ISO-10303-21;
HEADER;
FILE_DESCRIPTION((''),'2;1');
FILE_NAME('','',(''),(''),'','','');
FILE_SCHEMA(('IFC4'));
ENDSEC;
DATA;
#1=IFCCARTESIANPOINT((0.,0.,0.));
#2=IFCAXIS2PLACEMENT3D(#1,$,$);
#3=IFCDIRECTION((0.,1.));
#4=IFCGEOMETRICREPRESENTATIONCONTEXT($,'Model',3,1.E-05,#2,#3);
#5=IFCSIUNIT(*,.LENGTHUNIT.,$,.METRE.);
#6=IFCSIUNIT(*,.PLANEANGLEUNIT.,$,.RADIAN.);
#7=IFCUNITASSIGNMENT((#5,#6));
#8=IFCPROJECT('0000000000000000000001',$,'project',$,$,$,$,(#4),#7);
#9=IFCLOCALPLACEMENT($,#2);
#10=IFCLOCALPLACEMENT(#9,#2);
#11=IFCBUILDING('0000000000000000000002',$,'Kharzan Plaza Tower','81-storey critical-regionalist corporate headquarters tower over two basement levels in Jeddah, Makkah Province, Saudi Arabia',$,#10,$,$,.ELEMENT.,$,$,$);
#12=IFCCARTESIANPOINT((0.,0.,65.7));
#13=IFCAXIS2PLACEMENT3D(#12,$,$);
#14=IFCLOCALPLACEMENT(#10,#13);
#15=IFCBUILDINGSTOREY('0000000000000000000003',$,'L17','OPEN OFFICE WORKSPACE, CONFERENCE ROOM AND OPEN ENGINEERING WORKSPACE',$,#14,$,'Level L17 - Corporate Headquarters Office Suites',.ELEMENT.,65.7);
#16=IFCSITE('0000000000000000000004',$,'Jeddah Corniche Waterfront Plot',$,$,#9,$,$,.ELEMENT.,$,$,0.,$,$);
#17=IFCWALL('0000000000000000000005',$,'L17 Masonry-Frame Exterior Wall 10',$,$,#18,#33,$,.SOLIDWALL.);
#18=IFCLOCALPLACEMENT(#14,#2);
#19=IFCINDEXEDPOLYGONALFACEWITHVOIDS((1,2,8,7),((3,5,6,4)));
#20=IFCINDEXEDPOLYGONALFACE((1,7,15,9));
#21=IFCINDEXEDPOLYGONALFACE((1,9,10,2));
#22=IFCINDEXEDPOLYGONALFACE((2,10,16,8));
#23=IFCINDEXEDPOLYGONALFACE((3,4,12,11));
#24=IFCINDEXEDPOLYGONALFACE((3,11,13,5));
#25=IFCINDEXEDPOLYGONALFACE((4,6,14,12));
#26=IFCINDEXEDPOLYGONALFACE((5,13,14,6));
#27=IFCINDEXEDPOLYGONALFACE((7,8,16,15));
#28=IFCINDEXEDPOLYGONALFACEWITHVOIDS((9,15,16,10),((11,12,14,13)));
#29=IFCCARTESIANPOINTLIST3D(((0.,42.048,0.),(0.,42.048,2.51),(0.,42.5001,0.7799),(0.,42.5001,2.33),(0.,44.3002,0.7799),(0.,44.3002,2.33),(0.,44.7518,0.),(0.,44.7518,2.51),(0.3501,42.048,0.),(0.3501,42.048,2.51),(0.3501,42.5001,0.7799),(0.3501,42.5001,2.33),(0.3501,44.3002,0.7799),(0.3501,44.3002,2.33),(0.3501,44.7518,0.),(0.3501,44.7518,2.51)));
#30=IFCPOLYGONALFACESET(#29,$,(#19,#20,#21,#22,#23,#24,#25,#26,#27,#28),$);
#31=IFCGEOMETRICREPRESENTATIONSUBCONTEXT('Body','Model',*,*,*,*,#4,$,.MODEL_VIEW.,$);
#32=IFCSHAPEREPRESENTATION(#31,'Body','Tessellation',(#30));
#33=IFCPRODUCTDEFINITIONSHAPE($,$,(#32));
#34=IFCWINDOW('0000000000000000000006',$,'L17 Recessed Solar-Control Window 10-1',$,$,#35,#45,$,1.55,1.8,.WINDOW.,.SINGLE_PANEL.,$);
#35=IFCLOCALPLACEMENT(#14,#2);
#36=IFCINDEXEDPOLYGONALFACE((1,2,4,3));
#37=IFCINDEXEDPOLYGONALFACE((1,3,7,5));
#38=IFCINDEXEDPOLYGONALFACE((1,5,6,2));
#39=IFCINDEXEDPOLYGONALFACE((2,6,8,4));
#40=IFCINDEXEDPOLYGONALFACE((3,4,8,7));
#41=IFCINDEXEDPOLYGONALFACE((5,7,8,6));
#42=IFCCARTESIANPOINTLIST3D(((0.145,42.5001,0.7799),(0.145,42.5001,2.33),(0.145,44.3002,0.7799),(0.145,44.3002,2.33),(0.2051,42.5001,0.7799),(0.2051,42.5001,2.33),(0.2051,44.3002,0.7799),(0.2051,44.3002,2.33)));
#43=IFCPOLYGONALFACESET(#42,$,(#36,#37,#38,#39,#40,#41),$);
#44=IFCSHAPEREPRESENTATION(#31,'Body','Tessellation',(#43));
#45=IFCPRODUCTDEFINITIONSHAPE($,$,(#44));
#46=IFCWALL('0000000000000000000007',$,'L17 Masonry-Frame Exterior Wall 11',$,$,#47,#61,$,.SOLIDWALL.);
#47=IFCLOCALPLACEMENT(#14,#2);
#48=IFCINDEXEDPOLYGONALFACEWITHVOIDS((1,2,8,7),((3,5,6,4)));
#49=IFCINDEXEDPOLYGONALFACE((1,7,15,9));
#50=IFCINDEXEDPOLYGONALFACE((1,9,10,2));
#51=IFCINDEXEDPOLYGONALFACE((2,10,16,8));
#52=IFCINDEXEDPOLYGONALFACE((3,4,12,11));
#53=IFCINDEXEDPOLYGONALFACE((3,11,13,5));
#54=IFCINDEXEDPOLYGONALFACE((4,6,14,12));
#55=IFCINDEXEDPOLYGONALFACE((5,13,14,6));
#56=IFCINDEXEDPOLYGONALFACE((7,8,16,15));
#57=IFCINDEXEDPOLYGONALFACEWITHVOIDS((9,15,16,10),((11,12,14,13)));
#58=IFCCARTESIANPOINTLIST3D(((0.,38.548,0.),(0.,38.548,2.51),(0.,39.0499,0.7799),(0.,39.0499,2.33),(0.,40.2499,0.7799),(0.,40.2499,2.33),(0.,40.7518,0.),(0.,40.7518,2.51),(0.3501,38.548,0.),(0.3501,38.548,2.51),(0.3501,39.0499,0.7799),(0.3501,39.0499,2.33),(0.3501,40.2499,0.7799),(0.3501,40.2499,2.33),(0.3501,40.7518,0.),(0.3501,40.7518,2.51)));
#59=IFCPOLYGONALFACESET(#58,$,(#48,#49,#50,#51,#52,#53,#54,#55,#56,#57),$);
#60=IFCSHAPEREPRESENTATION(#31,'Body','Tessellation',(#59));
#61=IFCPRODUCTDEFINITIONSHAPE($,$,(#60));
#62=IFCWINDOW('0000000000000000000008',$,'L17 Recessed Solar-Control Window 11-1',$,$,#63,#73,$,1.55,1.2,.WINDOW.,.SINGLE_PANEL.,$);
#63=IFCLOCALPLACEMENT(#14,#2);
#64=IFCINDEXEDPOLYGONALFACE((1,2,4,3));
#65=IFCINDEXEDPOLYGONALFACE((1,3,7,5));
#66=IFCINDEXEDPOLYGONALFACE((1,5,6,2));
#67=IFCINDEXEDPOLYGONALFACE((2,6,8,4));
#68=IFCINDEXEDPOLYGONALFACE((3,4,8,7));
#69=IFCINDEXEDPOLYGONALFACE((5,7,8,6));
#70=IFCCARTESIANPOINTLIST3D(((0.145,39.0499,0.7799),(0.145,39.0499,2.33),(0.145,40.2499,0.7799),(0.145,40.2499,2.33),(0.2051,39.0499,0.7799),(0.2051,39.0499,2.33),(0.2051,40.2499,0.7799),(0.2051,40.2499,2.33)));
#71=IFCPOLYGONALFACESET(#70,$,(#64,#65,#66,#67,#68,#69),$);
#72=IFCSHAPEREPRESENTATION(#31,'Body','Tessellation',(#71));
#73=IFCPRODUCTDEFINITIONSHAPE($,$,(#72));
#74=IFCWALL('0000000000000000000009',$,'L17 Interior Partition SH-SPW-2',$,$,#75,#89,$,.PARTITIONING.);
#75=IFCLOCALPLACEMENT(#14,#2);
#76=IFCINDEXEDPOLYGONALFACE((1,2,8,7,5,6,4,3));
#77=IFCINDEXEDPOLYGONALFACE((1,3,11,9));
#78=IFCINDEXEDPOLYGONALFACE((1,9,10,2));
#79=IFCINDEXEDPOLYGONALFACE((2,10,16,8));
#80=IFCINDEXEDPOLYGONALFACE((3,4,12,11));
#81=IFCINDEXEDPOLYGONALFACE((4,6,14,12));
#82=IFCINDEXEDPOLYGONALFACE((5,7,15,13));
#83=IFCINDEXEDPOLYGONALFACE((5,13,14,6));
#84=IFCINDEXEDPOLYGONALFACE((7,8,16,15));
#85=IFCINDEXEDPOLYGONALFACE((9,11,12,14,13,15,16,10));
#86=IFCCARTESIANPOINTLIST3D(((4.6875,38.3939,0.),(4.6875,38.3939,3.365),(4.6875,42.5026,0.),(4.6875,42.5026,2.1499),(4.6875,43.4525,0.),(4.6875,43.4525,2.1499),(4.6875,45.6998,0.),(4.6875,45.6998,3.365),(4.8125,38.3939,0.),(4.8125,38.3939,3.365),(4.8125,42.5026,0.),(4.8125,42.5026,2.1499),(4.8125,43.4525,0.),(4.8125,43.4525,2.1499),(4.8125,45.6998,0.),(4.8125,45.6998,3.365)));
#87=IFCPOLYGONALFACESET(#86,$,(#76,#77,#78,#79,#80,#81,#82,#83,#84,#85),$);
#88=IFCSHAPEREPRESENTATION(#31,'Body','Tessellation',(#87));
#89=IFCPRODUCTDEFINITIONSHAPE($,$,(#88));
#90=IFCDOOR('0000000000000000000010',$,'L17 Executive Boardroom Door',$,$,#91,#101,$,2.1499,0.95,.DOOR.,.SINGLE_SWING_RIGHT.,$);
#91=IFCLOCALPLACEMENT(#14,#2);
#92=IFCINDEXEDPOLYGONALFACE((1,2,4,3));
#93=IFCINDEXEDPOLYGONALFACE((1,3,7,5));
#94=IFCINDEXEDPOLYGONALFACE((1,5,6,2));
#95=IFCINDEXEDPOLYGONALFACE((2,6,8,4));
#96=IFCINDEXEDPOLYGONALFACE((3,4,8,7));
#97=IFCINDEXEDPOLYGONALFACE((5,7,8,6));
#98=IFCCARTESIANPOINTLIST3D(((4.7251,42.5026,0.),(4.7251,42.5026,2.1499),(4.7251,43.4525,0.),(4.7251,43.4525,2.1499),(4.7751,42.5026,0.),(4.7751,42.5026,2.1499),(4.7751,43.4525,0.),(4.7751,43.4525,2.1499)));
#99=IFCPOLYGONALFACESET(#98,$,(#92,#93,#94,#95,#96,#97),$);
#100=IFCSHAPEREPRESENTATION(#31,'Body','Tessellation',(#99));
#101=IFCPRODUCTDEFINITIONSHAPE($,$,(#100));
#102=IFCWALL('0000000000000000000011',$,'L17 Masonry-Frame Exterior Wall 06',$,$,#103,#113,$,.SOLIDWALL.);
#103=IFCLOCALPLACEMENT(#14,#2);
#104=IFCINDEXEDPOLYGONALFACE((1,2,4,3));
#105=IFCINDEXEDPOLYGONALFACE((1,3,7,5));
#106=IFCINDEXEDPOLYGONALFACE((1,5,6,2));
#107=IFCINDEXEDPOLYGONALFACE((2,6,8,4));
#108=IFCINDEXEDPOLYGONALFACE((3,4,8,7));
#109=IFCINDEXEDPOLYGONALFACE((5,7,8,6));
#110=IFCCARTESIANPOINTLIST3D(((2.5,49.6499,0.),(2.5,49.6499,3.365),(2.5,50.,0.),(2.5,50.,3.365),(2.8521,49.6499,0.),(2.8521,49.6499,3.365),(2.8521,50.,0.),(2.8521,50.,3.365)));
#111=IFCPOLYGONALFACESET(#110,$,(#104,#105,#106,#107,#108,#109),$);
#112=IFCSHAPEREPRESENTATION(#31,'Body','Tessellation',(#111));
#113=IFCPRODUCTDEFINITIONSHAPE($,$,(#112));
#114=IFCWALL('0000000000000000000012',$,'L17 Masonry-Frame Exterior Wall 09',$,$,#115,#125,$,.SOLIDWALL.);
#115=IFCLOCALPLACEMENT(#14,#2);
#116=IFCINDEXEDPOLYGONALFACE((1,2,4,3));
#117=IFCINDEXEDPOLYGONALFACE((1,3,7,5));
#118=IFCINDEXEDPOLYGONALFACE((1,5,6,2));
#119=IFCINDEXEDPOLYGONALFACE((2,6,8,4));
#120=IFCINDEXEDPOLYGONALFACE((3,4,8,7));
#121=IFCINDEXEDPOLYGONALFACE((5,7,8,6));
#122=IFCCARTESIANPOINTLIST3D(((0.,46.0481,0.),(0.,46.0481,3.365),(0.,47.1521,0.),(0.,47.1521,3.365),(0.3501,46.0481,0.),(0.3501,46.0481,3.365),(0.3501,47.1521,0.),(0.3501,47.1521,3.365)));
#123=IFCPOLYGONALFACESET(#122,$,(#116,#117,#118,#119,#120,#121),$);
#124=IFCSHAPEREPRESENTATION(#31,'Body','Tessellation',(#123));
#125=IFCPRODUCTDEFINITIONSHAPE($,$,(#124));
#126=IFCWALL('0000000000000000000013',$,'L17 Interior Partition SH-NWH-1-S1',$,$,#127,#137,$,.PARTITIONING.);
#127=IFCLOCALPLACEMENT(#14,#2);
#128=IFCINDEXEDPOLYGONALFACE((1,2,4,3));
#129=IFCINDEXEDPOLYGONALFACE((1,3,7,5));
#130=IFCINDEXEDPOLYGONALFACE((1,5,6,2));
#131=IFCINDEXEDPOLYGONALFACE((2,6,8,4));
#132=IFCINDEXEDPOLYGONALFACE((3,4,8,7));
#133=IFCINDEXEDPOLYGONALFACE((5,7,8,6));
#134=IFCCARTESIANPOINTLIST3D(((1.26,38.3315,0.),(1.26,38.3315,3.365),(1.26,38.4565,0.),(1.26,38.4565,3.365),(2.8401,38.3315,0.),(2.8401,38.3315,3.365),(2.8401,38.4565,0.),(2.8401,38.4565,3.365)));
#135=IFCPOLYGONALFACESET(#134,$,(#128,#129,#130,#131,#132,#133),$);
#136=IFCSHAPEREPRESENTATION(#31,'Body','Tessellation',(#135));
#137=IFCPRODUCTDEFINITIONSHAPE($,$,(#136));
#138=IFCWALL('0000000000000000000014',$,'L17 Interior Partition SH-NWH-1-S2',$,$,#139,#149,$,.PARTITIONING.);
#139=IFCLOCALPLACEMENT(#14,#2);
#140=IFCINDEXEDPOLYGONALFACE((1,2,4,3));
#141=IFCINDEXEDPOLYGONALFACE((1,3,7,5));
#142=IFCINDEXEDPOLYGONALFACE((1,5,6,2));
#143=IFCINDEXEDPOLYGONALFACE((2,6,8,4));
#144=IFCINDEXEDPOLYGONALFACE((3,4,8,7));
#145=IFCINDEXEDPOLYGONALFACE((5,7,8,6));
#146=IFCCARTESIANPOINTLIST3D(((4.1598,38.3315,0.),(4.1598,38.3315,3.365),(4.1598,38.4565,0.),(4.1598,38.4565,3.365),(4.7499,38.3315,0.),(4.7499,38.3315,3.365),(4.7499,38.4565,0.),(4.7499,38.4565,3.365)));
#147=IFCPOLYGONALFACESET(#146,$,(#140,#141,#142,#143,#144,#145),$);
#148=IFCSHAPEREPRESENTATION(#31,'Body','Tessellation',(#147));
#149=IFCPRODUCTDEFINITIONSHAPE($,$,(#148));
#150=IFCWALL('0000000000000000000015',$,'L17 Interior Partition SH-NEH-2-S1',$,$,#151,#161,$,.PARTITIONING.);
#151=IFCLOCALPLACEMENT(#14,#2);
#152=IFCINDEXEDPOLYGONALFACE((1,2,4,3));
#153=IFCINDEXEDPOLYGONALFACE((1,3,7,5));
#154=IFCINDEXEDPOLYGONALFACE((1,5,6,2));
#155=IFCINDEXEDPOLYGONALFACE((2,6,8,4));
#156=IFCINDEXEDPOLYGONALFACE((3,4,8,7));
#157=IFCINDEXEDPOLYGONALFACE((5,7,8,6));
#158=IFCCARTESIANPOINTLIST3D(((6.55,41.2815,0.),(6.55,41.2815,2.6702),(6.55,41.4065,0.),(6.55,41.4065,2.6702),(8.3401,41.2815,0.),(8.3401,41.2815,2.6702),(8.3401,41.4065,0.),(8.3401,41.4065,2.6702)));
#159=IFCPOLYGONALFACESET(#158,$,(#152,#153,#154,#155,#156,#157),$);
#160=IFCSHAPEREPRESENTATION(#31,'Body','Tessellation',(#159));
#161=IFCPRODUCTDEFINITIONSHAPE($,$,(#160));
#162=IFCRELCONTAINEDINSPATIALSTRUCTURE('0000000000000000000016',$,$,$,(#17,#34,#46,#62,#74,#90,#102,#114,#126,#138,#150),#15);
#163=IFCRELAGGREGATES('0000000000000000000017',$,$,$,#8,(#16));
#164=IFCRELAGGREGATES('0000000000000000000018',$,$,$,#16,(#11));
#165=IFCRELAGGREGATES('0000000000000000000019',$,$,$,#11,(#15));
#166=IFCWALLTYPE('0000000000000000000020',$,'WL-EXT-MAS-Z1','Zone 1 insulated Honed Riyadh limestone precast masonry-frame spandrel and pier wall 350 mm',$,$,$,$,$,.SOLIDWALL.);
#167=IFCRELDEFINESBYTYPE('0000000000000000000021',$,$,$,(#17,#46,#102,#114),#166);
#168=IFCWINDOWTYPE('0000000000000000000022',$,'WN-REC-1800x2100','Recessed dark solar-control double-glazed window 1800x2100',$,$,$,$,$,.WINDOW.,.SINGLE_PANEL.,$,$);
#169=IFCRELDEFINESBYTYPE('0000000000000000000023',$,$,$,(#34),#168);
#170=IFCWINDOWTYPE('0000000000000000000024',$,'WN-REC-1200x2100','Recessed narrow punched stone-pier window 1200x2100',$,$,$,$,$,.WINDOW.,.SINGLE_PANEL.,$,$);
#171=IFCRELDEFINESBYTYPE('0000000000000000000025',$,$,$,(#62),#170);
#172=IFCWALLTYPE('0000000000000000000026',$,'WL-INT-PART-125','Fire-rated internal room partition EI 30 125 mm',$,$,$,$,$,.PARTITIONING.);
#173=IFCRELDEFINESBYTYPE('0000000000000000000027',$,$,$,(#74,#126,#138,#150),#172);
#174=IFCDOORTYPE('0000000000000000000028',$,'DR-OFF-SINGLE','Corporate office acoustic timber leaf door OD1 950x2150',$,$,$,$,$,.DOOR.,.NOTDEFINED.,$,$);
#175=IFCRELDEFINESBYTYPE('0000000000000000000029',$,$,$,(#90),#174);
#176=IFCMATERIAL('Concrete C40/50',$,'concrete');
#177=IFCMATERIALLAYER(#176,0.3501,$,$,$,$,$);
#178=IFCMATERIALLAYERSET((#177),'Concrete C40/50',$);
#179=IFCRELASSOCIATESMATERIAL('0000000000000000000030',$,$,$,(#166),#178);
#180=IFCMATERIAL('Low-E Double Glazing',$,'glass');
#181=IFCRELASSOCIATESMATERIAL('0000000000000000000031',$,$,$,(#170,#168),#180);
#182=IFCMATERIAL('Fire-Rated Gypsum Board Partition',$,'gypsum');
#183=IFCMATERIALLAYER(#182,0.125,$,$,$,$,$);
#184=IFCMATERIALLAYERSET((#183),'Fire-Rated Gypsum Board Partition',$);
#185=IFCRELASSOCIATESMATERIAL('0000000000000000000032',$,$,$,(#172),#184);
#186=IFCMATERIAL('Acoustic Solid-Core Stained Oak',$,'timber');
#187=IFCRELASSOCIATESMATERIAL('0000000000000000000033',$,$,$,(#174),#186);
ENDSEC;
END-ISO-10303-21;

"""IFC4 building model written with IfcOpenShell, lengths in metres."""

from ifc_helpers import new_model, si_unit, direction, frame, frame_2d, origin, place, context, subcontext, project, spatial, rectangle, extrude, source, transform, mapped, material, layer, layer_set, type_object, element, fill, save


model = new_model("IFC4")

# Units and contexts
model_context = context("Model", 3, precision=1e-05, world=origin(), true_north=direction((0.0, 1.0)))
body_context = subcontext(model_context, "Body", "Model", "MODEL_VIEW")
ifc_project = project(units=[si_unit("LENGTHUNIT", "METRE"), si_unit("PLANEANGLEUNIT", "RADIAN")], contexts=[model_context])

# Site, building, storey
site_placement = place(None, origin())
site = spatial("IfcSite", under=ifc_project, at=site_placement, Name="Jeddah Corniche Waterfront Plot", CompositionType="ELEMENT", RefElevation=0.0)
building_placement = place(site_placement, origin())
building = spatial("IfcBuilding", under=site, at=building_placement, Name="Kharzan Plaza Tower", Description="81-storey critical-regionalist corporate headquarters tower over two basement levels in Jeddah, Makkah Province, Saudi Arabia", CompositionType="ELEMENT")
storey_placement = place(building_placement, frame((0.0, 0.0, 65.7)))
storey = spatial("IfcBuildingStorey", under=building, at=storey_placement, Name="L17", Description="OPEN OFFICE WORKSPACE, CONFERENCE ROOM AND OPEN ENGINEERING WORKSPACE", LongName="Level L17 - Corporate Headquarters Office Suites", CompositionType="ELEMENT", Elevation=65.7)

# Walls, openings, windows
ifc_material_1 = material(Name="Concrete C40/50", Category="concrete")
ifc_layer_1 = layer(ifc_material_1, 0.3501)
ifc_layer_set_1 = layer_set([ifc_layer_1], Name="Concrete C40/50")
wall_type_1 = type_object("IfcWallType", Name="WL-EXT-MAS-Z1", Description="Zone 1 insulated Honed Riyadh limestone precast masonry-frame spandrel and pier wall 350 mm", PredefinedType="SOLIDWALL", material=ifc_layer_set_1)
ifc_material_2 = material(Name="Low-E Double Glazing", Category="glass")
window_type_1 = type_object("IfcWindowType", Name="WN-REC-1200x2100", Description="Recessed narrow punched stone-pier window 1200x2100", PartitioningType="SINGLE_PANEL", PredefinedType="WINDOW", material=ifc_material_2)
window_type_2 = type_object("IfcWindowType", Name="WN-REC-1800x2100", Description="Recessed dark solar-control double-glazed window 1800x2100", PartitioningType="SINGLE_PANEL", PredefinedType="WINDOW", material=ifc_material_2)
wall_1_placement = place(storey_placement, frame((0.175, 44.752, 0.0), z_axis=(0.0, 0.0, 1.0), x_axis=(0.0, -1.0, 0.0)))
wall_1 = element("IfcWall", 1, at=wall_1_placement, inside=storey, type_object=wall_type_1, Name="L17 Masonry-Frame Exterior Wall 10", PredefinedType="SOLIDWALL", context=body_context, shape_type="SweptSolid", body=[
    extrude(rectangle(XDim=2.7039, YDim=0.3501, at=frame_2d((1.3521, 0.0))), origin(), (0.0, 0.0, 1.0), 2.51),
])
opening_1_placement = place(wall_1_placement, frame((0.4519, 0.0, 0.78)))
opening_1 = element("IfcOpeningElement", 2, at=opening_1_placement, cuts=wall_1, PredefinedType="OPENING", context=body_context, shape_type="SweptSolid", body=[
    extrude(rectangle(XDim=1.8, YDim=1.55, at=frame_2d((0.8999, 0.7749))), frame((0.0, 0.1851, 0.0), z_axis=(0.0, -1.0, 0.0), x_axis=(1.0, 0.0, 0.0)), (0.0, 0.0, 1.0), 0.3701),
])
shared_shape_1 = source(origin(), body_context, "Body", "SweptSolid", [
    extrude(rectangle(XDim=1.8, YDim=1.55, at=frame_2d((0.8999, 0.7749))), frame((0.0, 0.03, 0.0), z_axis=(0.0, -1.0, 0.0), x_axis=(1.0, 0.0, 0.0)), (0.0, 0.0, 1.0), 0.0601),
])
window_1_placement = place(opening_1_placement, origin())
window_1 = element("IfcWindow", 3, at=window_1_placement, inside=storey, type_object=window_type_2, Name="L17 Recessed Solar-Control Window 10-1", OverallHeight=1.55, OverallWidth=1.8, PartitioningType="SINGLE_PANEL", PredefinedType="WINDOW", context=body_context, shape_type="MappedRepresentation", body=[
    mapped(shared_shape_1, transform((0.0, 0.0, 0.0), x_axis=(1.0, 0.0, 0.0), y_axis=(0.0, 1.0, 0.0), z_axis=(0.0, 0.0, 1.0))),
])
fill(opening_1, window_1)
wall_2_placement = place(storey_placement, frame((0.175, 40.752, 0.0), z_axis=(0.0, 0.0, 1.0), x_axis=(0.0, -1.0, 0.0)))
wall_2 = element("IfcWall", 4, at=wall_2_placement, inside=storey, type_object=wall_type_1, Name="L17 Masonry-Frame Exterior Wall 11", PredefinedType="SOLIDWALL", context=body_context, shape_type="SweptSolid", body=[
    extrude(rectangle(XDim=2.2039, YDim=0.3501, at=frame_2d((1.1021, 0.0))), origin(), (0.0, 0.0, 1.0), 2.51),
])
opening_2_placement = place(wall_2_placement, frame((0.502, 0.0, 0.78)))
opening_2 = element("IfcOpeningElement", 5, at=opening_2_placement, cuts=wall_2, PredefinedType="OPENING", context=body_context, shape_type="SweptSolid", body=[
    extrude(rectangle(XDim=1.2, YDim=1.55, at=frame_2d((0.6001, 0.7749))), frame((0.0, 0.1851, 0.0), z_axis=(0.0, -1.0, 0.0), x_axis=(1.0, 0.0, 0.0)), (0.0, 0.0, 1.0), 0.3701),
])
shared_shape_2 = source(origin(), body_context, "Body", "SweptSolid", [
    extrude(rectangle(XDim=1.2, YDim=1.55, at=frame_2d((0.6001, 0.7749))), frame((0.0, 0.03, 0.0), z_axis=(0.0, -1.0, 0.0), x_axis=(1.0, 0.0, 0.0)), (0.0, 0.0, 1.0), 0.0601),
])
window_2_placement = place(opening_2_placement, origin())
window_2 = element("IfcWindow", 6, at=window_2_placement, inside=storey, type_object=window_type_1, Name="L17 Recessed Solar-Control Window 11-1", OverallHeight=1.55, OverallWidth=1.2, PartitioningType="SINGLE_PANEL", PredefinedType="WINDOW", context=body_context, shape_type="MappedRepresentation", body=[
    mapped(shared_shape_2, transform((0.0, 0.0, 0.0), x_axis=(1.0, 0.0, 0.0), y_axis=(0.0, 1.0, 0.0), z_axis=(0.0, 0.0, 1.0))),
])
fill(opening_2, window_2)

# Wall, opening, door
ifc_material_3 = material(Name="Fire-Rated Gypsum Board Partition", Category="gypsum")
ifc_layer_2 = layer(ifc_material_3, 0.125)
ifc_layer_set_2 = layer_set([ifc_layer_2], Name="Fire-Rated Gypsum Board Partition")
wall_type_2 = type_object("IfcWallType", Name="WL-INT-PART-125", Description="Fire-rated internal room partition EI 30 125 mm", PredefinedType="PARTITIONING", material=ifc_layer_set_2)
ifc_material_4 = material(Name="Acoustic Solid-Core Stained Oak", Category="timber")
door_type = type_object("IfcDoorType", Name="DR-OFF-SINGLE", Description="Corporate office acoustic timber leaf door OD1 950x2150", OperationType="NOTDEFINED", PredefinedType="DOOR", material=ifc_material_4)
shared_shape_3 = source(origin(), body_context, "Body", "SweptSolid", [
    extrude(rectangle(XDim=0.95, YDim=2.1499, at=frame_2d((0.4751, 1.075))), frame((0.0, 0.0249, 0.0), z_axis=(0.0, -1.0, 0.0), x_axis=(1.0, 0.0, 0.0)), (0.0, 0.0, 1.0), 0.05),
])
wall_3_placement = place(storey_placement, frame((4.75, 38.394, 0.0), z_axis=(0.0, 0.0, 1.0), x_axis=(0.0, 1.0, 0.0)))
wall_3 = element("IfcWall", 7, at=wall_3_placement, inside=storey, type_object=wall_type_2, Name="L17 Interior Partition SH-SPW-2", PredefinedType="PARTITIONING", context=body_context, shape_type="SweptSolid", body=[
    extrude(rectangle(XDim=7.3059, YDim=0.125, at=frame_2d((3.6528, 0.0))), origin(), (0.0, 0.0, 1.0), 3.365),
])
opening_3_placement = place(wall_3_placement, frame((4.1084, 0.0, 0.0)))
opening_3 = element("IfcOpeningElement", 8, at=opening_3_placement, cuts=wall_3, PredefinedType="OPENING", context=body_context, shape_type="SweptSolid", body=[
    extrude(rectangle(XDim=0.95, YDim=2.1499, at=frame_2d((0.4751, 1.075))), frame((0.0, 0.0725, 0.0), z_axis=(0.0, -1.0, 0.0), x_axis=(1.0, 0.0, 0.0)), (0.0, 0.0, 1.0), 0.145),
])
door_1_placement = place(opening_3_placement, origin())
door_1 = element("IfcDoor", 9, at=door_1_placement, inside=storey, type_object=door_type, Name="L17 Executive Boardroom Door", OperationType="SINGLE_SWING_RIGHT", OverallHeight=2.1499, OverallWidth=0.95, PredefinedType="DOOR", context=body_context, shape_type="MappedRepresentation", body=[
    mapped(shared_shape_3, transform((0.0, 0.0, 0.0), x_axis=(1.0, 0.0, 0.0), y_axis=(0.0, 1.0, 0.0), z_axis=(0.0, 0.0, 1.0))),
])
fill(opening_3, door_1)

# Walls
shared_shape_4 = source(origin(), body_context, "Body", "SweptSolid", [
    extrude(rectangle(XDim=0.3521, YDim=0.3501, at=frame_2d((0.176, 0.0))), origin(), (0.0, 0.0, 1.0), 3.365),
])
wall_4_placement = place(storey_placement, frame((2.8521, 49.825, 0.0), z_axis=(0.0, 0.0, 1.0), x_axis=(-1.0, 0.0, 0.0)))
element("IfcWall", 10, at=wall_4_placement, inside=storey, type_object=wall_type_1, Name="L17 Masonry-Frame Exterior Wall 06", PredefinedType="SOLIDWALL", context=body_context, shape_type="MappedRepresentation", body=[
    mapped(shared_shape_4, transform((0.0, 0.0, 0.0), x_axis=(1.0, 0.0, 0.0), y_axis=(0.0, 1.0, 0.0), z_axis=(0.0, 0.0, 1.0))),
])
shared_shape_5 = source(origin(), body_context, "Body", "SweptSolid", [
    extrude(rectangle(XDim=1.104, YDim=0.3501, at=frame_2d((0.552, 0.0))), origin(), (0.0, 0.0, 1.0), 3.365),
])
wall_5_placement = place(storey_placement, frame((0.175, 47.1521, 0.0), z_axis=(0.0, 0.0, 1.0), x_axis=(0.0, -1.0, 0.0)))
element("IfcWall", 11, at=wall_5_placement, inside=storey, type_object=wall_type_1, Name="L17 Masonry-Frame Exterior Wall 09", PredefinedType="SOLIDWALL", context=body_context, shape_type="MappedRepresentation", body=[
    mapped(shared_shape_5, transform((0.0, 0.0, 0.0), x_axis=(1.0, 0.0, 0.0), y_axis=(0.0, 1.0, 0.0), z_axis=(0.0, 0.0, 1.0))),
])
shared_shape_6 = source(origin(), body_context, "Body", "SweptSolid", [
    extrude(rectangle(XDim=1.5801, YDim=0.125, at=frame_2d((0.79, 0.0))), origin(), (0.0, 0.0, 1.0), 3.365),
])
wall_6_placement = place(storey_placement, frame((1.26, 38.394, 0.0), z_axis=(0.0, 0.0, 1.0), x_axis=(1.0, 0.0, 0.0)))
element("IfcWall", 12, at=wall_6_placement, inside=storey, type_object=wall_type_2, Name="L17 Interior Partition SH-NWH-1-S1", PredefinedType="PARTITIONING", context=body_context, shape_type="MappedRepresentation", body=[
    mapped(shared_shape_6, transform((0.0, 0.0, 0.0), x_axis=(1.0, 0.0, 0.0), y_axis=(0.0, 1.0, 0.0), z_axis=(0.0, 0.0, 1.0))),
])
shared_shape_7 = source(origin(), body_context, "Body", "SweptSolid", [
    extrude(rectangle(XDim=0.5901, YDim=0.125, at=frame_2d((0.2949, 0.0))), origin(), (0.0, 0.0, 1.0), 3.365),
])
wall_7_placement = place(storey_placement, frame((4.1599, 38.394, 0.0), z_axis=(0.0, 0.0, 1.0), x_axis=(1.0, 0.0, 0.0)))
element("IfcWall", 13, at=wall_7_placement, inside=storey, type_object=wall_type_2, Name="L17 Interior Partition SH-NWH-1-S2", PredefinedType="PARTITIONING", context=body_context, shape_type="MappedRepresentation", body=[
    mapped(shared_shape_7, transform((0.0, 0.0, 0.0), x_axis=(1.0, 0.0, 0.0), y_axis=(0.0, 1.0, 0.0), z_axis=(0.0, 0.0, 1.0))),
])
shared_shape_8 = source(origin(), body_context, "Body", "SweptSolid", [
    extrude(rectangle(XDim=1.79, YDim=0.125, at=frame_2d((0.895, 0.0))), origin(), (0.0, 0.0, 1.0), 2.6702),
])
wall_8_placement = place(storey_placement, frame((6.55, 41.344, 0.0), z_axis=(0.0, 0.0, 1.0), x_axis=(1.0, 0.0, 0.0)))
element("IfcWall", 14, at=wall_8_placement, inside=storey, type_object=wall_type_2, Name="L17 Interior Partition SH-NEH-2-S1", PredefinedType="PARTITIONING", context=body_context, shape_type="MappedRepresentation", body=[
    mapped(shared_shape_8, transform((0.0, 0.0, 0.0), x_axis=(1.0, 0.0, 0.0), y_axis=(0.0, 1.0, 0.0), z_axis=(0.0, 0.0, 1.0))),
])

save(model, "model.ifc")
